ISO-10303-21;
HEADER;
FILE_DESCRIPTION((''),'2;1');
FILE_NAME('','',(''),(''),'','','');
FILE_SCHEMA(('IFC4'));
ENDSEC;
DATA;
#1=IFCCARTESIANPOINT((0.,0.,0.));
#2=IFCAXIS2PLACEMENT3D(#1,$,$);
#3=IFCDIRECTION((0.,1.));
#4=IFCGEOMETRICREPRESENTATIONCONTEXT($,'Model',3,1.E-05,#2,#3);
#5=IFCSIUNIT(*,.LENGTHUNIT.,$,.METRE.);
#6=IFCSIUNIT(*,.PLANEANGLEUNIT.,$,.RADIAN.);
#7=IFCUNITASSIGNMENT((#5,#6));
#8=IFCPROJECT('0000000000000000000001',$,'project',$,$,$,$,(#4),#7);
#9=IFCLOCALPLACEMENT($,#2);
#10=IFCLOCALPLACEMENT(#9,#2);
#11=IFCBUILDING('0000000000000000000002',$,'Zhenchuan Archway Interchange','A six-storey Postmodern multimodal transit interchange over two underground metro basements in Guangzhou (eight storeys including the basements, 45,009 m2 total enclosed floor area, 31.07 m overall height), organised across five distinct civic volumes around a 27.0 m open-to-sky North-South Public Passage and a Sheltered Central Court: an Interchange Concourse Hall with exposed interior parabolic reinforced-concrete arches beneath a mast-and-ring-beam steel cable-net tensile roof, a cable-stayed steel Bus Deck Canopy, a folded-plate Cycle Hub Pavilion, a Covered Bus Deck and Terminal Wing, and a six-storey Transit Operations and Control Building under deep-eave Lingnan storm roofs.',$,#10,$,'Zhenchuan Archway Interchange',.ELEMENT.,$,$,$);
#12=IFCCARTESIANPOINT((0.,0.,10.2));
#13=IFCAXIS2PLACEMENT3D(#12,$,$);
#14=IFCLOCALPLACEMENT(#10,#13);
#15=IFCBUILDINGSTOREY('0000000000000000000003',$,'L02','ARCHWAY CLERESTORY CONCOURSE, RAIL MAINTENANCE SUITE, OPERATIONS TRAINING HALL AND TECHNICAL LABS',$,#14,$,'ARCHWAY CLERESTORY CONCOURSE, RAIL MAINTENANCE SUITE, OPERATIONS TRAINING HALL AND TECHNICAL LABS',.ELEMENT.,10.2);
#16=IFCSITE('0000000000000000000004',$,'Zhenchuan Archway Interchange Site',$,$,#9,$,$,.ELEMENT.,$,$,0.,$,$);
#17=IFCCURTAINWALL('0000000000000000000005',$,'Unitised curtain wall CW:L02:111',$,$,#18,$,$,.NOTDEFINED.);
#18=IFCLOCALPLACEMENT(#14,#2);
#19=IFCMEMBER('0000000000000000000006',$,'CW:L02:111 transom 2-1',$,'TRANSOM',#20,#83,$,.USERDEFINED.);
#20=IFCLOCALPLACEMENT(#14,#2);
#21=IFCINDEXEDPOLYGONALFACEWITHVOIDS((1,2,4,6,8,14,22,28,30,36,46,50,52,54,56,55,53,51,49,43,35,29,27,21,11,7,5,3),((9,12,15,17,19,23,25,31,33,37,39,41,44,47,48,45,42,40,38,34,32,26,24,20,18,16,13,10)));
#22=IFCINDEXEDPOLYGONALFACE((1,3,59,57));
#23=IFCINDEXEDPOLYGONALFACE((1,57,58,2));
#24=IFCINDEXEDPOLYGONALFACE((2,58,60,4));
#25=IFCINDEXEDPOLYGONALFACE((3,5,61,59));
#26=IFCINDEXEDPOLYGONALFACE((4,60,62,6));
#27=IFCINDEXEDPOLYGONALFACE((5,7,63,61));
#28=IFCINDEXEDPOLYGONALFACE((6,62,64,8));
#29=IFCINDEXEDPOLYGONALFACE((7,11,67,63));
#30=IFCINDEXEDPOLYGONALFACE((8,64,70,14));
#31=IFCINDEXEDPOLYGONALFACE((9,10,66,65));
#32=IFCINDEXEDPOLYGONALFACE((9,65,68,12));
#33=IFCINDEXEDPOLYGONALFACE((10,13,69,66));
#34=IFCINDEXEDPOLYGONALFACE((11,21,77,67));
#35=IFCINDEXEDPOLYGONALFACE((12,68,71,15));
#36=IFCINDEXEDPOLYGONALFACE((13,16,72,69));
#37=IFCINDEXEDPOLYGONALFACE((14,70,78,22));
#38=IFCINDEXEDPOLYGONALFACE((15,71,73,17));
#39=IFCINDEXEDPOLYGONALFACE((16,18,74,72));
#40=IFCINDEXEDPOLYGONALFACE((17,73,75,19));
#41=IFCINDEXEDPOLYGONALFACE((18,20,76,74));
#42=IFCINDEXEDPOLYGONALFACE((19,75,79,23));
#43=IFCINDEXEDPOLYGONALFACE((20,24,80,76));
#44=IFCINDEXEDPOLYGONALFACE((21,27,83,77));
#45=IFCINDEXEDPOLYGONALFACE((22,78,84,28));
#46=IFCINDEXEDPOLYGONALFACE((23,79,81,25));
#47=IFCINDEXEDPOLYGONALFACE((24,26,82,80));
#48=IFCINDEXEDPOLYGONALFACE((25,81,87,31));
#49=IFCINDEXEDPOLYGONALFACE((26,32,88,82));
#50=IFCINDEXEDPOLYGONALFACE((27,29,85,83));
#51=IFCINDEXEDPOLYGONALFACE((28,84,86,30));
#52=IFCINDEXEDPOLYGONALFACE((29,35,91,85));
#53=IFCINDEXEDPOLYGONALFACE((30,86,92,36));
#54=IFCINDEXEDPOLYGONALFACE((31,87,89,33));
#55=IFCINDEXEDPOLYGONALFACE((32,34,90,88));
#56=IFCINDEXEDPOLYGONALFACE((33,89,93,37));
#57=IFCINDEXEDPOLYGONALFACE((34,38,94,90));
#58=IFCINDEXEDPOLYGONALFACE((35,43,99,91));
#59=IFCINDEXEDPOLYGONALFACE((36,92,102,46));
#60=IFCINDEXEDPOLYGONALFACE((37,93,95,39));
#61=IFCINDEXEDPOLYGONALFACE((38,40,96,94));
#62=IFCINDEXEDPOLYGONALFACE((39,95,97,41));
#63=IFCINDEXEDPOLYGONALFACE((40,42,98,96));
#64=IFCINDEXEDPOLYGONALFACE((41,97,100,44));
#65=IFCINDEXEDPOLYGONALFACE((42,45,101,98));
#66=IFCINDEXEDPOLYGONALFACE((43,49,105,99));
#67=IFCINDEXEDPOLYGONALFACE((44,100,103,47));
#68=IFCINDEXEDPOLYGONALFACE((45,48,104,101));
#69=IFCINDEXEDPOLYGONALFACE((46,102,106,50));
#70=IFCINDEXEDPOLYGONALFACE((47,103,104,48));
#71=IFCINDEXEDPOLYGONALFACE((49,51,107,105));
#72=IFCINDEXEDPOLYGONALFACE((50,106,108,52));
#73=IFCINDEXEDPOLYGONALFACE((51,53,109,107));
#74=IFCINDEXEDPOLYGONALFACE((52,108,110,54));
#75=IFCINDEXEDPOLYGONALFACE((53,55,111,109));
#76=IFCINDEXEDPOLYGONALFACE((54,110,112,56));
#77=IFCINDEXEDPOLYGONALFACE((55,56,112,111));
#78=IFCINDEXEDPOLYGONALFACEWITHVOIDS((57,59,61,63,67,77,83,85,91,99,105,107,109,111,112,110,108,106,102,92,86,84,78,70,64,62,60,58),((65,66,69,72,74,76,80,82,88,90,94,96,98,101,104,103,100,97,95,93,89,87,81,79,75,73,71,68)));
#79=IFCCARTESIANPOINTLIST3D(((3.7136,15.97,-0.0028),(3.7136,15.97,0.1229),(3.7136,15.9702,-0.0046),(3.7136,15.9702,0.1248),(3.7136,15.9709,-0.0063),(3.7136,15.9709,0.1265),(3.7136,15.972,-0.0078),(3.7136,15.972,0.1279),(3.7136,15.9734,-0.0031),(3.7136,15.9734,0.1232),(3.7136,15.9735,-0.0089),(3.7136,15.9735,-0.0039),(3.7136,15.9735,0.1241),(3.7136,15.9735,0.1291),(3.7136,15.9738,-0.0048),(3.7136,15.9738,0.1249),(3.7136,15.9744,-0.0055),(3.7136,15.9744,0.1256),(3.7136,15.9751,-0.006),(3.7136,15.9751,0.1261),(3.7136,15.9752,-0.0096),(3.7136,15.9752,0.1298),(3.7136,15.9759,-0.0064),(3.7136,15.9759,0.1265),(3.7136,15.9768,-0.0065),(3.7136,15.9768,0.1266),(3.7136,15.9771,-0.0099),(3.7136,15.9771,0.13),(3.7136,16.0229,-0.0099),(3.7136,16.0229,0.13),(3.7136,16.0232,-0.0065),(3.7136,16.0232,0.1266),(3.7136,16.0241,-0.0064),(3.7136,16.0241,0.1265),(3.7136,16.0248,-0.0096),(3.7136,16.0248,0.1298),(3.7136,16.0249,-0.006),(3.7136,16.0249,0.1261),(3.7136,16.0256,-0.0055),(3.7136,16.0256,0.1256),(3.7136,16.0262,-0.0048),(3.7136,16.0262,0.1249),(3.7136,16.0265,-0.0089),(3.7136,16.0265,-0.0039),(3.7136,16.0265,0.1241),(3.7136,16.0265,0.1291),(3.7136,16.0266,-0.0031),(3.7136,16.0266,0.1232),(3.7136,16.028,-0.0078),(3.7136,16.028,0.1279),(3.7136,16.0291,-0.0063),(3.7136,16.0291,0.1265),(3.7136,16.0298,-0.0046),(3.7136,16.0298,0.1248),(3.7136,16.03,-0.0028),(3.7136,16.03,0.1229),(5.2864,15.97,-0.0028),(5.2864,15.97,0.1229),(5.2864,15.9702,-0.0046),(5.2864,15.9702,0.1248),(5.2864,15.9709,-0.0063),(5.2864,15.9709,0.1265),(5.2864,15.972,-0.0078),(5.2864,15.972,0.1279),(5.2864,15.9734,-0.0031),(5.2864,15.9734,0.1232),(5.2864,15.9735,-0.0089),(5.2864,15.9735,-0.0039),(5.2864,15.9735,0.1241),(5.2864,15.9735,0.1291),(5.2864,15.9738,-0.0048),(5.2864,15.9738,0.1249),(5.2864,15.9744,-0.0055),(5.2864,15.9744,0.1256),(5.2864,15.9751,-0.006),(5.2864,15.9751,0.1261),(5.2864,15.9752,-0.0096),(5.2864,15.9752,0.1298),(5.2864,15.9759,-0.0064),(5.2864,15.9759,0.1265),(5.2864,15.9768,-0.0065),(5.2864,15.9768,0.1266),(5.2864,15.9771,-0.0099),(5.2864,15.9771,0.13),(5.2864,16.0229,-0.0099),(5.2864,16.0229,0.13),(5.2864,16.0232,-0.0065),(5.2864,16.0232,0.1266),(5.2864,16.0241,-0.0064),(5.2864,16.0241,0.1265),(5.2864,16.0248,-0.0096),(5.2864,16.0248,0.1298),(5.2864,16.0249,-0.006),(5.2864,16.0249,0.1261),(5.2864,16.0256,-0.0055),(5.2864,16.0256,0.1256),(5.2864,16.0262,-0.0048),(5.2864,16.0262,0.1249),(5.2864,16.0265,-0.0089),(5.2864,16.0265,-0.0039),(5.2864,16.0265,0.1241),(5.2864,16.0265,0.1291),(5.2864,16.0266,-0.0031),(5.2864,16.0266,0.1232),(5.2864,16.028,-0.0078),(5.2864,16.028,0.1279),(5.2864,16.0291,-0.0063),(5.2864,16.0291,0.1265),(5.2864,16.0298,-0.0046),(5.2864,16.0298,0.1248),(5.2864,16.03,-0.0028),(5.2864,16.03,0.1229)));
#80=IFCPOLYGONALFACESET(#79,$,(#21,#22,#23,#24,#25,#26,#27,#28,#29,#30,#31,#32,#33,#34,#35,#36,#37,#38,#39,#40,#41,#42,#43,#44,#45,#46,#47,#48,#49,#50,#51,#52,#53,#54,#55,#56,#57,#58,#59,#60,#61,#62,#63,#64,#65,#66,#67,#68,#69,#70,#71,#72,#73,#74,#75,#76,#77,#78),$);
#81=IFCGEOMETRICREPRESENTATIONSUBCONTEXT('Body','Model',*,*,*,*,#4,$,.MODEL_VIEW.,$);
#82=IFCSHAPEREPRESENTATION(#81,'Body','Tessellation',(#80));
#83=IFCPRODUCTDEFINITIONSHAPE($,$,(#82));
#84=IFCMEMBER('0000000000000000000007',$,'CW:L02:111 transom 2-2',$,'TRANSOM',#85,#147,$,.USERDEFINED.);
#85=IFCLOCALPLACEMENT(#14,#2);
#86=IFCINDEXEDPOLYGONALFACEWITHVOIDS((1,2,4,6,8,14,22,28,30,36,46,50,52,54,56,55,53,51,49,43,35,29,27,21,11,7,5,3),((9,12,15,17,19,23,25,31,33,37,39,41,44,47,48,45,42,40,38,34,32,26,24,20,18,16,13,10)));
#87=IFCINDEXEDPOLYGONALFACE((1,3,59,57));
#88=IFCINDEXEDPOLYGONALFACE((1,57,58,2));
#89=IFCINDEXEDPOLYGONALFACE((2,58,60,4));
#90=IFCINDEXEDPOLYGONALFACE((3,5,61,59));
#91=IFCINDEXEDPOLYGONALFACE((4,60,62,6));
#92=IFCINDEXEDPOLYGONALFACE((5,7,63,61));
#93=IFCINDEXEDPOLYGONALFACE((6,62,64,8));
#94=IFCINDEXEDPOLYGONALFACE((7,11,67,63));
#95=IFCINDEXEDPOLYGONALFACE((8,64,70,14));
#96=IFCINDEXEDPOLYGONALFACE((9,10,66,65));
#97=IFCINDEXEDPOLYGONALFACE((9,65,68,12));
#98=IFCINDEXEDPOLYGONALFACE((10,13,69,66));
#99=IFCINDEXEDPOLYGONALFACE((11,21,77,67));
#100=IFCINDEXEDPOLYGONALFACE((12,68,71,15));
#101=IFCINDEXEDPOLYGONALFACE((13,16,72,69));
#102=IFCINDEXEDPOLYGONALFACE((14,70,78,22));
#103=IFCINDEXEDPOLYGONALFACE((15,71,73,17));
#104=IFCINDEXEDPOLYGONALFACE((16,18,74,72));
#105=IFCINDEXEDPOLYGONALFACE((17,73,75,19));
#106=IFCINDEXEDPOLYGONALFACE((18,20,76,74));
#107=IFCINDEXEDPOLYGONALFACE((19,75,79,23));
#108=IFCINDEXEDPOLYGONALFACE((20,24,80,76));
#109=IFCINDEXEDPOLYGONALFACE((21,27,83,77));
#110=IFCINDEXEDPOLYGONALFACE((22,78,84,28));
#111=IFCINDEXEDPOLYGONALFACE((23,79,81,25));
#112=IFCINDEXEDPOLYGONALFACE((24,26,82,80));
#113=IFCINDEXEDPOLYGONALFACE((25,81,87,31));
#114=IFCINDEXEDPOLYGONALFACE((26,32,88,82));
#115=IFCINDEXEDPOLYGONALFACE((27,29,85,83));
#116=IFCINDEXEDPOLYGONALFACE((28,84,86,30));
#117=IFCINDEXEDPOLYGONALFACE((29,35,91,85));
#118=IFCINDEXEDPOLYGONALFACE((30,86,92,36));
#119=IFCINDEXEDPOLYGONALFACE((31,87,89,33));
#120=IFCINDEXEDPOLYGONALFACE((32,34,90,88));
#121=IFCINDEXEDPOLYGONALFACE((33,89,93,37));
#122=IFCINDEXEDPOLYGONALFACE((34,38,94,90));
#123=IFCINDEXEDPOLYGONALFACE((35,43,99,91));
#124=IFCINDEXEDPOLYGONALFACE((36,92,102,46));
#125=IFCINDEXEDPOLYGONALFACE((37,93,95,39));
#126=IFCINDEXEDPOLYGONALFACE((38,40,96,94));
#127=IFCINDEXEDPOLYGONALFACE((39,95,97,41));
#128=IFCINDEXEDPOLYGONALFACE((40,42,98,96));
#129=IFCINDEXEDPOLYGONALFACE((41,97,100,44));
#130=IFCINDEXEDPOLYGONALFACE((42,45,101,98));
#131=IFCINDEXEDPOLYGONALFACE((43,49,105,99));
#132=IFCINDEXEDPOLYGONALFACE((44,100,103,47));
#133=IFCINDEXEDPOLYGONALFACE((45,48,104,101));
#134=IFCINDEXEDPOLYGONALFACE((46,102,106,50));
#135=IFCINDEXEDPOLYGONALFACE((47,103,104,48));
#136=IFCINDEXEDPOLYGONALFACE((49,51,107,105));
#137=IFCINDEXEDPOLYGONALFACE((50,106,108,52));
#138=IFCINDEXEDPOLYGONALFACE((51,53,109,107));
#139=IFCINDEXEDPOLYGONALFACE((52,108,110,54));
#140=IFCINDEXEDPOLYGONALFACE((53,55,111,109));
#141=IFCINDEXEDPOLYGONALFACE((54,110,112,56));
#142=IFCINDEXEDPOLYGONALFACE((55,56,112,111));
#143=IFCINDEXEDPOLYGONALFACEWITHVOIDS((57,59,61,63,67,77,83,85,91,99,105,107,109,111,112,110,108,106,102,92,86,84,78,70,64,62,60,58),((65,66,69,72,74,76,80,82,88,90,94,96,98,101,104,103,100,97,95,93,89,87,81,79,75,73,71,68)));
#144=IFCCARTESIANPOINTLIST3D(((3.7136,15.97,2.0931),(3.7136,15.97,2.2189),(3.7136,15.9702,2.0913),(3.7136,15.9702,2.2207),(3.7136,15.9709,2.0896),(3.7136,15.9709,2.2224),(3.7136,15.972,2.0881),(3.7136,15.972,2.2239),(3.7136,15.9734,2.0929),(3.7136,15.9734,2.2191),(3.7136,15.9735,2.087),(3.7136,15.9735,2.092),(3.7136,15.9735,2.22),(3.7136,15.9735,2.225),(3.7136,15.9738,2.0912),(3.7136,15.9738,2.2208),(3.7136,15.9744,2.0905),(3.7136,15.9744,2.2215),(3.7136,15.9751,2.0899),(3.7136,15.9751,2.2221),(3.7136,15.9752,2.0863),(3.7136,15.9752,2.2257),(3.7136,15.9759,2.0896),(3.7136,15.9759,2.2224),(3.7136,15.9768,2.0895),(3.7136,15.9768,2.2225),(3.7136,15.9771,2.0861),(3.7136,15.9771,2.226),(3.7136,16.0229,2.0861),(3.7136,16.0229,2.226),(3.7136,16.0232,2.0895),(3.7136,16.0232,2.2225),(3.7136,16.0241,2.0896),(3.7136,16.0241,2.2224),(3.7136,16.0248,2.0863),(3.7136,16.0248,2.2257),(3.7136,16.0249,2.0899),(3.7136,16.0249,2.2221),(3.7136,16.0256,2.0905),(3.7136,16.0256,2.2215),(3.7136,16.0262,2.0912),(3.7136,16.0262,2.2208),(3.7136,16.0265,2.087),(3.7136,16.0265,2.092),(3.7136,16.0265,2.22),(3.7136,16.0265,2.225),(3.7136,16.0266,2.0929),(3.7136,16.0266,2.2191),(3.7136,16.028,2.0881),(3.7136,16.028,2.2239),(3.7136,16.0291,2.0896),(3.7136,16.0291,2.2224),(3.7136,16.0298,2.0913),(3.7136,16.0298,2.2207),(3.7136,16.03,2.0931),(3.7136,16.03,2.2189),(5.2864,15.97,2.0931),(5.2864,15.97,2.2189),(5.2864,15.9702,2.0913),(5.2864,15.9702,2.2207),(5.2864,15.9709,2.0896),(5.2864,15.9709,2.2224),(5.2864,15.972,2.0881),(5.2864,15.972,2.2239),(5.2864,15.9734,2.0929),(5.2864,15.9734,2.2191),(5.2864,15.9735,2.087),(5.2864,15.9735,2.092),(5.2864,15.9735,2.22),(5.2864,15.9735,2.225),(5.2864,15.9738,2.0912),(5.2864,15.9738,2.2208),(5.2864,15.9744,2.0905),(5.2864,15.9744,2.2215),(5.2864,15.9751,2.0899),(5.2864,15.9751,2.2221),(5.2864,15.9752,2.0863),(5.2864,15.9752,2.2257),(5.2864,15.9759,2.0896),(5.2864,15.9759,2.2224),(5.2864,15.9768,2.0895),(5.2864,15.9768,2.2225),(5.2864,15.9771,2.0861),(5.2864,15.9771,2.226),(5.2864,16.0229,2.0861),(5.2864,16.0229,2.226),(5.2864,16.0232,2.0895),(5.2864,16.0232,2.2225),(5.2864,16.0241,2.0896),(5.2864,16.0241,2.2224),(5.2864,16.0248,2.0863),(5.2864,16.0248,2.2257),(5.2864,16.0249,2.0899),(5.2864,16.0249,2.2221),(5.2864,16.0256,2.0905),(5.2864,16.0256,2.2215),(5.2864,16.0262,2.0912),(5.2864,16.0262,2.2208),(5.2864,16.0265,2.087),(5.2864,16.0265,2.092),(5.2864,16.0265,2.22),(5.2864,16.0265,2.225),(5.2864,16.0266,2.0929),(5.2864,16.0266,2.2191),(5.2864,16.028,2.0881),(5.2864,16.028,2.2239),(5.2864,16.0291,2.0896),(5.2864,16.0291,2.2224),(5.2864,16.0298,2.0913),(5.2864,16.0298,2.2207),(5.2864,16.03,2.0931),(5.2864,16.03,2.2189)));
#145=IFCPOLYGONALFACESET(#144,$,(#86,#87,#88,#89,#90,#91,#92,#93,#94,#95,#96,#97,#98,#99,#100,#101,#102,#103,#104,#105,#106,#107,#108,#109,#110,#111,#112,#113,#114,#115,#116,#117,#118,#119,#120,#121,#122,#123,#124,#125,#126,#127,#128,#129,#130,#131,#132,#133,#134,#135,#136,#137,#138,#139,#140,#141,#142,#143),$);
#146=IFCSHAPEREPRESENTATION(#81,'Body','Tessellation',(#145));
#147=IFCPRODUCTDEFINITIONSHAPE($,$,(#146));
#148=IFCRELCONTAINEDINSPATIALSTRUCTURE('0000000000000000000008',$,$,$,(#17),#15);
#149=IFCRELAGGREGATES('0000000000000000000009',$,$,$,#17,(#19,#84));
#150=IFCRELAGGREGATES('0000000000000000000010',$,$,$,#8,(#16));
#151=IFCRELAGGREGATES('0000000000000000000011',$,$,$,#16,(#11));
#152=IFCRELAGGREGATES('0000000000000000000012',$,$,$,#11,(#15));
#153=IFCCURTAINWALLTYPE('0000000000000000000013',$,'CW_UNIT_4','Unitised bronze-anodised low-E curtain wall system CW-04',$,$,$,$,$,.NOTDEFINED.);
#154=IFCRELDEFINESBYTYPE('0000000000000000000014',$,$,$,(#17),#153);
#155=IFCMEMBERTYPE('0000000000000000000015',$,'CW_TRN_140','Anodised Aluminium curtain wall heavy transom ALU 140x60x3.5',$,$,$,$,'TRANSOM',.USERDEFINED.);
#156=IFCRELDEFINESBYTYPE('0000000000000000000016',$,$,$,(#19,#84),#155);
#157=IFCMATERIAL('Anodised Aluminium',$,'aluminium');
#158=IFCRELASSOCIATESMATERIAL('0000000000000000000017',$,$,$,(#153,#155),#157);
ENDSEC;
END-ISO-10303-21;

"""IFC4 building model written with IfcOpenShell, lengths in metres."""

from ifc_helpers import new_model, si_unit, direction, frame, origin, origin_2d, place, context, subcontext, project, spatial, hollow_rectangle, extrude, material, material_profile, profile_set, type_object, element, aggregate, save


model = new_model("IFC4")

# Units and contexts
model_context = context("Model", 3, precision=1e-05, world=origin(), true_north=direction((0.0, 1.0)))
body_context = subcontext(model_context, "Body", "Model", "MODEL_VIEW")
ifc_project = project(units=[si_unit("LENGTHUNIT", "METRE"), si_unit("PLANEANGLEUNIT", "RADIAN")], contexts=[model_context])

# Site, building, storey
site_placement = place(None, origin())
site = spatial("IfcSite", under=ifc_project, at=site_placement, Name="Zhenchuan Archway Interchange Site", CompositionType="ELEMENT", RefElevation=0.0)
building_placement = place(site_placement, origin())
building = spatial("IfcBuilding", under=site, at=building_placement, Name="Zhenchuan Archway Interchange", Description="A six-storey Postmodern multimodal transit interchange over two underground metro basements in Guangzhou (eight storeys including the basements, 45,009 m2 total enclosed floor area, 31.07 m overall height), organised across five distinct civic volumes around a 27.0 m open-to-sky North-South Public Passage and a Sheltered Central Court: an Interchange Concourse Hall with exposed interior parabolic reinforced-concrete arches beneath a mast-and-ring-beam steel cable-net tensile roof, a cable-stayed steel Bus Deck Canopy, a folded-plate Cycle Hub Pavilion, a Covered Bus Deck and Terminal Wing, and a six-storey Transit Operations and Control Building under deep-eave Lingnan storm roofs.", LongName="Zhenchuan Archway Interchange", CompositionType="ELEMENT")
storey_placement = place(building_placement, frame((0.0, 0.0, 10.2)))
storey = spatial("IfcBuildingStorey", under=building, at=storey_placement, Name="L02", Description="ARCHWAY CLERESTORY CONCOURSE, RAIL MAINTENANCE SUITE, OPERATIONS TRAINING HALL AND TECHNICAL LABS", LongName="ARCHWAY CLERESTORY CONCOURSE, RAIL MAINTENANCE SUITE, OPERATIONS TRAINING HALL AND TECHNICAL LABS", CompositionType="ELEMENT", Elevation=10.2)

# Curtain wall, members
ifc_material_1 = material(Name="Anodised Aluminium", Category="aluminium")
curtain_wall_type = type_object("IfcCurtainWallType", Name="CW_UNIT_4", Description="Unitised bronze-anodised low-E curtain wall system CW-04", PredefinedType="NOTDEFINED", material=ifc_material_1)
curtain_wall_placement = place(storey_placement, origin())
curtain_wall = element("IfcCurtainWall", 1, at=curtain_wall_placement, inside=storey, type_object=curtain_wall_type, Name="Unitised curtain wall CW:L02:111", PredefinedType="NOTDEFINED")
ifc_material_profile_1 = material_profile(ifc_material_1, hollow_rectangle(XDim=0.0601, YDim=0.1399, WallThickness=0.0034, InnerFilletRadius=0.0034, OuterFilletRadius=0.0071, at=origin_2d()), Name="ALU 140x60x3.5")
ifc_profile_set_1 = profile_set([ifc_material_profile_1], Name="Anodised Aluminium")
member_type_1 = type_object("IfcMemberType", Name="CW_TRN_140", Description="Anodised Aluminium curtain wall heavy transom ALU 140x60x3.5", ElementType="TRANSOM", PredefinedType="USERDEFINED", material=ifc_profile_set_1)
member_1_placement = place(storey_placement, frame((3.7136, 16.0, 0.0601), z_axis=(1.0, 0.0, 0.0), x_axis=(0.0, 1.0, 0.0)))
member_1 = element("IfcMember", 2, at=member_1_placement, type_object=member_type_1, Name="CW:L02:111 transom 2-1", ObjectType="TRANSOM", PredefinedType="USERDEFINED", context=body_context, shape_type="SweptSolid", body=[
    extrude(hollow_rectangle(XDim=0.0601, YDim=0.1399, WallThickness=0.0034, InnerFilletRadius=0.0034, OuterFilletRadius=0.0071, at=origin_2d()), origin(), (0.0, 0.0, 1.0), 1.5728),
])
member_2_placement = place(storey_placement, frame((3.7136, 16.0, 2.156), z_axis=(1.0, 0.0, 0.0), x_axis=(0.0, 1.0, 0.0)))
member_2 = element("IfcMember", 3, at=member_2_placement, type_object=member_type_1, Name="CW:L02:111 transom 2-2", ObjectType="TRANSOM", PredefinedType="USERDEFINED", context=body_context, shape_type="SweptSolid", body=[
    extrude(hollow_rectangle(XDim=0.0601, YDim=0.1399, WallThickness=0.0034, InnerFilletRadius=0.0034, OuterFilletRadius=0.0071, at=origin_2d()), origin(), (0.0, 0.0, 1.0), 1.5728),
])

aggregate(curtain_wall, [member_1, member_2])

save(model, "model.ifc")
